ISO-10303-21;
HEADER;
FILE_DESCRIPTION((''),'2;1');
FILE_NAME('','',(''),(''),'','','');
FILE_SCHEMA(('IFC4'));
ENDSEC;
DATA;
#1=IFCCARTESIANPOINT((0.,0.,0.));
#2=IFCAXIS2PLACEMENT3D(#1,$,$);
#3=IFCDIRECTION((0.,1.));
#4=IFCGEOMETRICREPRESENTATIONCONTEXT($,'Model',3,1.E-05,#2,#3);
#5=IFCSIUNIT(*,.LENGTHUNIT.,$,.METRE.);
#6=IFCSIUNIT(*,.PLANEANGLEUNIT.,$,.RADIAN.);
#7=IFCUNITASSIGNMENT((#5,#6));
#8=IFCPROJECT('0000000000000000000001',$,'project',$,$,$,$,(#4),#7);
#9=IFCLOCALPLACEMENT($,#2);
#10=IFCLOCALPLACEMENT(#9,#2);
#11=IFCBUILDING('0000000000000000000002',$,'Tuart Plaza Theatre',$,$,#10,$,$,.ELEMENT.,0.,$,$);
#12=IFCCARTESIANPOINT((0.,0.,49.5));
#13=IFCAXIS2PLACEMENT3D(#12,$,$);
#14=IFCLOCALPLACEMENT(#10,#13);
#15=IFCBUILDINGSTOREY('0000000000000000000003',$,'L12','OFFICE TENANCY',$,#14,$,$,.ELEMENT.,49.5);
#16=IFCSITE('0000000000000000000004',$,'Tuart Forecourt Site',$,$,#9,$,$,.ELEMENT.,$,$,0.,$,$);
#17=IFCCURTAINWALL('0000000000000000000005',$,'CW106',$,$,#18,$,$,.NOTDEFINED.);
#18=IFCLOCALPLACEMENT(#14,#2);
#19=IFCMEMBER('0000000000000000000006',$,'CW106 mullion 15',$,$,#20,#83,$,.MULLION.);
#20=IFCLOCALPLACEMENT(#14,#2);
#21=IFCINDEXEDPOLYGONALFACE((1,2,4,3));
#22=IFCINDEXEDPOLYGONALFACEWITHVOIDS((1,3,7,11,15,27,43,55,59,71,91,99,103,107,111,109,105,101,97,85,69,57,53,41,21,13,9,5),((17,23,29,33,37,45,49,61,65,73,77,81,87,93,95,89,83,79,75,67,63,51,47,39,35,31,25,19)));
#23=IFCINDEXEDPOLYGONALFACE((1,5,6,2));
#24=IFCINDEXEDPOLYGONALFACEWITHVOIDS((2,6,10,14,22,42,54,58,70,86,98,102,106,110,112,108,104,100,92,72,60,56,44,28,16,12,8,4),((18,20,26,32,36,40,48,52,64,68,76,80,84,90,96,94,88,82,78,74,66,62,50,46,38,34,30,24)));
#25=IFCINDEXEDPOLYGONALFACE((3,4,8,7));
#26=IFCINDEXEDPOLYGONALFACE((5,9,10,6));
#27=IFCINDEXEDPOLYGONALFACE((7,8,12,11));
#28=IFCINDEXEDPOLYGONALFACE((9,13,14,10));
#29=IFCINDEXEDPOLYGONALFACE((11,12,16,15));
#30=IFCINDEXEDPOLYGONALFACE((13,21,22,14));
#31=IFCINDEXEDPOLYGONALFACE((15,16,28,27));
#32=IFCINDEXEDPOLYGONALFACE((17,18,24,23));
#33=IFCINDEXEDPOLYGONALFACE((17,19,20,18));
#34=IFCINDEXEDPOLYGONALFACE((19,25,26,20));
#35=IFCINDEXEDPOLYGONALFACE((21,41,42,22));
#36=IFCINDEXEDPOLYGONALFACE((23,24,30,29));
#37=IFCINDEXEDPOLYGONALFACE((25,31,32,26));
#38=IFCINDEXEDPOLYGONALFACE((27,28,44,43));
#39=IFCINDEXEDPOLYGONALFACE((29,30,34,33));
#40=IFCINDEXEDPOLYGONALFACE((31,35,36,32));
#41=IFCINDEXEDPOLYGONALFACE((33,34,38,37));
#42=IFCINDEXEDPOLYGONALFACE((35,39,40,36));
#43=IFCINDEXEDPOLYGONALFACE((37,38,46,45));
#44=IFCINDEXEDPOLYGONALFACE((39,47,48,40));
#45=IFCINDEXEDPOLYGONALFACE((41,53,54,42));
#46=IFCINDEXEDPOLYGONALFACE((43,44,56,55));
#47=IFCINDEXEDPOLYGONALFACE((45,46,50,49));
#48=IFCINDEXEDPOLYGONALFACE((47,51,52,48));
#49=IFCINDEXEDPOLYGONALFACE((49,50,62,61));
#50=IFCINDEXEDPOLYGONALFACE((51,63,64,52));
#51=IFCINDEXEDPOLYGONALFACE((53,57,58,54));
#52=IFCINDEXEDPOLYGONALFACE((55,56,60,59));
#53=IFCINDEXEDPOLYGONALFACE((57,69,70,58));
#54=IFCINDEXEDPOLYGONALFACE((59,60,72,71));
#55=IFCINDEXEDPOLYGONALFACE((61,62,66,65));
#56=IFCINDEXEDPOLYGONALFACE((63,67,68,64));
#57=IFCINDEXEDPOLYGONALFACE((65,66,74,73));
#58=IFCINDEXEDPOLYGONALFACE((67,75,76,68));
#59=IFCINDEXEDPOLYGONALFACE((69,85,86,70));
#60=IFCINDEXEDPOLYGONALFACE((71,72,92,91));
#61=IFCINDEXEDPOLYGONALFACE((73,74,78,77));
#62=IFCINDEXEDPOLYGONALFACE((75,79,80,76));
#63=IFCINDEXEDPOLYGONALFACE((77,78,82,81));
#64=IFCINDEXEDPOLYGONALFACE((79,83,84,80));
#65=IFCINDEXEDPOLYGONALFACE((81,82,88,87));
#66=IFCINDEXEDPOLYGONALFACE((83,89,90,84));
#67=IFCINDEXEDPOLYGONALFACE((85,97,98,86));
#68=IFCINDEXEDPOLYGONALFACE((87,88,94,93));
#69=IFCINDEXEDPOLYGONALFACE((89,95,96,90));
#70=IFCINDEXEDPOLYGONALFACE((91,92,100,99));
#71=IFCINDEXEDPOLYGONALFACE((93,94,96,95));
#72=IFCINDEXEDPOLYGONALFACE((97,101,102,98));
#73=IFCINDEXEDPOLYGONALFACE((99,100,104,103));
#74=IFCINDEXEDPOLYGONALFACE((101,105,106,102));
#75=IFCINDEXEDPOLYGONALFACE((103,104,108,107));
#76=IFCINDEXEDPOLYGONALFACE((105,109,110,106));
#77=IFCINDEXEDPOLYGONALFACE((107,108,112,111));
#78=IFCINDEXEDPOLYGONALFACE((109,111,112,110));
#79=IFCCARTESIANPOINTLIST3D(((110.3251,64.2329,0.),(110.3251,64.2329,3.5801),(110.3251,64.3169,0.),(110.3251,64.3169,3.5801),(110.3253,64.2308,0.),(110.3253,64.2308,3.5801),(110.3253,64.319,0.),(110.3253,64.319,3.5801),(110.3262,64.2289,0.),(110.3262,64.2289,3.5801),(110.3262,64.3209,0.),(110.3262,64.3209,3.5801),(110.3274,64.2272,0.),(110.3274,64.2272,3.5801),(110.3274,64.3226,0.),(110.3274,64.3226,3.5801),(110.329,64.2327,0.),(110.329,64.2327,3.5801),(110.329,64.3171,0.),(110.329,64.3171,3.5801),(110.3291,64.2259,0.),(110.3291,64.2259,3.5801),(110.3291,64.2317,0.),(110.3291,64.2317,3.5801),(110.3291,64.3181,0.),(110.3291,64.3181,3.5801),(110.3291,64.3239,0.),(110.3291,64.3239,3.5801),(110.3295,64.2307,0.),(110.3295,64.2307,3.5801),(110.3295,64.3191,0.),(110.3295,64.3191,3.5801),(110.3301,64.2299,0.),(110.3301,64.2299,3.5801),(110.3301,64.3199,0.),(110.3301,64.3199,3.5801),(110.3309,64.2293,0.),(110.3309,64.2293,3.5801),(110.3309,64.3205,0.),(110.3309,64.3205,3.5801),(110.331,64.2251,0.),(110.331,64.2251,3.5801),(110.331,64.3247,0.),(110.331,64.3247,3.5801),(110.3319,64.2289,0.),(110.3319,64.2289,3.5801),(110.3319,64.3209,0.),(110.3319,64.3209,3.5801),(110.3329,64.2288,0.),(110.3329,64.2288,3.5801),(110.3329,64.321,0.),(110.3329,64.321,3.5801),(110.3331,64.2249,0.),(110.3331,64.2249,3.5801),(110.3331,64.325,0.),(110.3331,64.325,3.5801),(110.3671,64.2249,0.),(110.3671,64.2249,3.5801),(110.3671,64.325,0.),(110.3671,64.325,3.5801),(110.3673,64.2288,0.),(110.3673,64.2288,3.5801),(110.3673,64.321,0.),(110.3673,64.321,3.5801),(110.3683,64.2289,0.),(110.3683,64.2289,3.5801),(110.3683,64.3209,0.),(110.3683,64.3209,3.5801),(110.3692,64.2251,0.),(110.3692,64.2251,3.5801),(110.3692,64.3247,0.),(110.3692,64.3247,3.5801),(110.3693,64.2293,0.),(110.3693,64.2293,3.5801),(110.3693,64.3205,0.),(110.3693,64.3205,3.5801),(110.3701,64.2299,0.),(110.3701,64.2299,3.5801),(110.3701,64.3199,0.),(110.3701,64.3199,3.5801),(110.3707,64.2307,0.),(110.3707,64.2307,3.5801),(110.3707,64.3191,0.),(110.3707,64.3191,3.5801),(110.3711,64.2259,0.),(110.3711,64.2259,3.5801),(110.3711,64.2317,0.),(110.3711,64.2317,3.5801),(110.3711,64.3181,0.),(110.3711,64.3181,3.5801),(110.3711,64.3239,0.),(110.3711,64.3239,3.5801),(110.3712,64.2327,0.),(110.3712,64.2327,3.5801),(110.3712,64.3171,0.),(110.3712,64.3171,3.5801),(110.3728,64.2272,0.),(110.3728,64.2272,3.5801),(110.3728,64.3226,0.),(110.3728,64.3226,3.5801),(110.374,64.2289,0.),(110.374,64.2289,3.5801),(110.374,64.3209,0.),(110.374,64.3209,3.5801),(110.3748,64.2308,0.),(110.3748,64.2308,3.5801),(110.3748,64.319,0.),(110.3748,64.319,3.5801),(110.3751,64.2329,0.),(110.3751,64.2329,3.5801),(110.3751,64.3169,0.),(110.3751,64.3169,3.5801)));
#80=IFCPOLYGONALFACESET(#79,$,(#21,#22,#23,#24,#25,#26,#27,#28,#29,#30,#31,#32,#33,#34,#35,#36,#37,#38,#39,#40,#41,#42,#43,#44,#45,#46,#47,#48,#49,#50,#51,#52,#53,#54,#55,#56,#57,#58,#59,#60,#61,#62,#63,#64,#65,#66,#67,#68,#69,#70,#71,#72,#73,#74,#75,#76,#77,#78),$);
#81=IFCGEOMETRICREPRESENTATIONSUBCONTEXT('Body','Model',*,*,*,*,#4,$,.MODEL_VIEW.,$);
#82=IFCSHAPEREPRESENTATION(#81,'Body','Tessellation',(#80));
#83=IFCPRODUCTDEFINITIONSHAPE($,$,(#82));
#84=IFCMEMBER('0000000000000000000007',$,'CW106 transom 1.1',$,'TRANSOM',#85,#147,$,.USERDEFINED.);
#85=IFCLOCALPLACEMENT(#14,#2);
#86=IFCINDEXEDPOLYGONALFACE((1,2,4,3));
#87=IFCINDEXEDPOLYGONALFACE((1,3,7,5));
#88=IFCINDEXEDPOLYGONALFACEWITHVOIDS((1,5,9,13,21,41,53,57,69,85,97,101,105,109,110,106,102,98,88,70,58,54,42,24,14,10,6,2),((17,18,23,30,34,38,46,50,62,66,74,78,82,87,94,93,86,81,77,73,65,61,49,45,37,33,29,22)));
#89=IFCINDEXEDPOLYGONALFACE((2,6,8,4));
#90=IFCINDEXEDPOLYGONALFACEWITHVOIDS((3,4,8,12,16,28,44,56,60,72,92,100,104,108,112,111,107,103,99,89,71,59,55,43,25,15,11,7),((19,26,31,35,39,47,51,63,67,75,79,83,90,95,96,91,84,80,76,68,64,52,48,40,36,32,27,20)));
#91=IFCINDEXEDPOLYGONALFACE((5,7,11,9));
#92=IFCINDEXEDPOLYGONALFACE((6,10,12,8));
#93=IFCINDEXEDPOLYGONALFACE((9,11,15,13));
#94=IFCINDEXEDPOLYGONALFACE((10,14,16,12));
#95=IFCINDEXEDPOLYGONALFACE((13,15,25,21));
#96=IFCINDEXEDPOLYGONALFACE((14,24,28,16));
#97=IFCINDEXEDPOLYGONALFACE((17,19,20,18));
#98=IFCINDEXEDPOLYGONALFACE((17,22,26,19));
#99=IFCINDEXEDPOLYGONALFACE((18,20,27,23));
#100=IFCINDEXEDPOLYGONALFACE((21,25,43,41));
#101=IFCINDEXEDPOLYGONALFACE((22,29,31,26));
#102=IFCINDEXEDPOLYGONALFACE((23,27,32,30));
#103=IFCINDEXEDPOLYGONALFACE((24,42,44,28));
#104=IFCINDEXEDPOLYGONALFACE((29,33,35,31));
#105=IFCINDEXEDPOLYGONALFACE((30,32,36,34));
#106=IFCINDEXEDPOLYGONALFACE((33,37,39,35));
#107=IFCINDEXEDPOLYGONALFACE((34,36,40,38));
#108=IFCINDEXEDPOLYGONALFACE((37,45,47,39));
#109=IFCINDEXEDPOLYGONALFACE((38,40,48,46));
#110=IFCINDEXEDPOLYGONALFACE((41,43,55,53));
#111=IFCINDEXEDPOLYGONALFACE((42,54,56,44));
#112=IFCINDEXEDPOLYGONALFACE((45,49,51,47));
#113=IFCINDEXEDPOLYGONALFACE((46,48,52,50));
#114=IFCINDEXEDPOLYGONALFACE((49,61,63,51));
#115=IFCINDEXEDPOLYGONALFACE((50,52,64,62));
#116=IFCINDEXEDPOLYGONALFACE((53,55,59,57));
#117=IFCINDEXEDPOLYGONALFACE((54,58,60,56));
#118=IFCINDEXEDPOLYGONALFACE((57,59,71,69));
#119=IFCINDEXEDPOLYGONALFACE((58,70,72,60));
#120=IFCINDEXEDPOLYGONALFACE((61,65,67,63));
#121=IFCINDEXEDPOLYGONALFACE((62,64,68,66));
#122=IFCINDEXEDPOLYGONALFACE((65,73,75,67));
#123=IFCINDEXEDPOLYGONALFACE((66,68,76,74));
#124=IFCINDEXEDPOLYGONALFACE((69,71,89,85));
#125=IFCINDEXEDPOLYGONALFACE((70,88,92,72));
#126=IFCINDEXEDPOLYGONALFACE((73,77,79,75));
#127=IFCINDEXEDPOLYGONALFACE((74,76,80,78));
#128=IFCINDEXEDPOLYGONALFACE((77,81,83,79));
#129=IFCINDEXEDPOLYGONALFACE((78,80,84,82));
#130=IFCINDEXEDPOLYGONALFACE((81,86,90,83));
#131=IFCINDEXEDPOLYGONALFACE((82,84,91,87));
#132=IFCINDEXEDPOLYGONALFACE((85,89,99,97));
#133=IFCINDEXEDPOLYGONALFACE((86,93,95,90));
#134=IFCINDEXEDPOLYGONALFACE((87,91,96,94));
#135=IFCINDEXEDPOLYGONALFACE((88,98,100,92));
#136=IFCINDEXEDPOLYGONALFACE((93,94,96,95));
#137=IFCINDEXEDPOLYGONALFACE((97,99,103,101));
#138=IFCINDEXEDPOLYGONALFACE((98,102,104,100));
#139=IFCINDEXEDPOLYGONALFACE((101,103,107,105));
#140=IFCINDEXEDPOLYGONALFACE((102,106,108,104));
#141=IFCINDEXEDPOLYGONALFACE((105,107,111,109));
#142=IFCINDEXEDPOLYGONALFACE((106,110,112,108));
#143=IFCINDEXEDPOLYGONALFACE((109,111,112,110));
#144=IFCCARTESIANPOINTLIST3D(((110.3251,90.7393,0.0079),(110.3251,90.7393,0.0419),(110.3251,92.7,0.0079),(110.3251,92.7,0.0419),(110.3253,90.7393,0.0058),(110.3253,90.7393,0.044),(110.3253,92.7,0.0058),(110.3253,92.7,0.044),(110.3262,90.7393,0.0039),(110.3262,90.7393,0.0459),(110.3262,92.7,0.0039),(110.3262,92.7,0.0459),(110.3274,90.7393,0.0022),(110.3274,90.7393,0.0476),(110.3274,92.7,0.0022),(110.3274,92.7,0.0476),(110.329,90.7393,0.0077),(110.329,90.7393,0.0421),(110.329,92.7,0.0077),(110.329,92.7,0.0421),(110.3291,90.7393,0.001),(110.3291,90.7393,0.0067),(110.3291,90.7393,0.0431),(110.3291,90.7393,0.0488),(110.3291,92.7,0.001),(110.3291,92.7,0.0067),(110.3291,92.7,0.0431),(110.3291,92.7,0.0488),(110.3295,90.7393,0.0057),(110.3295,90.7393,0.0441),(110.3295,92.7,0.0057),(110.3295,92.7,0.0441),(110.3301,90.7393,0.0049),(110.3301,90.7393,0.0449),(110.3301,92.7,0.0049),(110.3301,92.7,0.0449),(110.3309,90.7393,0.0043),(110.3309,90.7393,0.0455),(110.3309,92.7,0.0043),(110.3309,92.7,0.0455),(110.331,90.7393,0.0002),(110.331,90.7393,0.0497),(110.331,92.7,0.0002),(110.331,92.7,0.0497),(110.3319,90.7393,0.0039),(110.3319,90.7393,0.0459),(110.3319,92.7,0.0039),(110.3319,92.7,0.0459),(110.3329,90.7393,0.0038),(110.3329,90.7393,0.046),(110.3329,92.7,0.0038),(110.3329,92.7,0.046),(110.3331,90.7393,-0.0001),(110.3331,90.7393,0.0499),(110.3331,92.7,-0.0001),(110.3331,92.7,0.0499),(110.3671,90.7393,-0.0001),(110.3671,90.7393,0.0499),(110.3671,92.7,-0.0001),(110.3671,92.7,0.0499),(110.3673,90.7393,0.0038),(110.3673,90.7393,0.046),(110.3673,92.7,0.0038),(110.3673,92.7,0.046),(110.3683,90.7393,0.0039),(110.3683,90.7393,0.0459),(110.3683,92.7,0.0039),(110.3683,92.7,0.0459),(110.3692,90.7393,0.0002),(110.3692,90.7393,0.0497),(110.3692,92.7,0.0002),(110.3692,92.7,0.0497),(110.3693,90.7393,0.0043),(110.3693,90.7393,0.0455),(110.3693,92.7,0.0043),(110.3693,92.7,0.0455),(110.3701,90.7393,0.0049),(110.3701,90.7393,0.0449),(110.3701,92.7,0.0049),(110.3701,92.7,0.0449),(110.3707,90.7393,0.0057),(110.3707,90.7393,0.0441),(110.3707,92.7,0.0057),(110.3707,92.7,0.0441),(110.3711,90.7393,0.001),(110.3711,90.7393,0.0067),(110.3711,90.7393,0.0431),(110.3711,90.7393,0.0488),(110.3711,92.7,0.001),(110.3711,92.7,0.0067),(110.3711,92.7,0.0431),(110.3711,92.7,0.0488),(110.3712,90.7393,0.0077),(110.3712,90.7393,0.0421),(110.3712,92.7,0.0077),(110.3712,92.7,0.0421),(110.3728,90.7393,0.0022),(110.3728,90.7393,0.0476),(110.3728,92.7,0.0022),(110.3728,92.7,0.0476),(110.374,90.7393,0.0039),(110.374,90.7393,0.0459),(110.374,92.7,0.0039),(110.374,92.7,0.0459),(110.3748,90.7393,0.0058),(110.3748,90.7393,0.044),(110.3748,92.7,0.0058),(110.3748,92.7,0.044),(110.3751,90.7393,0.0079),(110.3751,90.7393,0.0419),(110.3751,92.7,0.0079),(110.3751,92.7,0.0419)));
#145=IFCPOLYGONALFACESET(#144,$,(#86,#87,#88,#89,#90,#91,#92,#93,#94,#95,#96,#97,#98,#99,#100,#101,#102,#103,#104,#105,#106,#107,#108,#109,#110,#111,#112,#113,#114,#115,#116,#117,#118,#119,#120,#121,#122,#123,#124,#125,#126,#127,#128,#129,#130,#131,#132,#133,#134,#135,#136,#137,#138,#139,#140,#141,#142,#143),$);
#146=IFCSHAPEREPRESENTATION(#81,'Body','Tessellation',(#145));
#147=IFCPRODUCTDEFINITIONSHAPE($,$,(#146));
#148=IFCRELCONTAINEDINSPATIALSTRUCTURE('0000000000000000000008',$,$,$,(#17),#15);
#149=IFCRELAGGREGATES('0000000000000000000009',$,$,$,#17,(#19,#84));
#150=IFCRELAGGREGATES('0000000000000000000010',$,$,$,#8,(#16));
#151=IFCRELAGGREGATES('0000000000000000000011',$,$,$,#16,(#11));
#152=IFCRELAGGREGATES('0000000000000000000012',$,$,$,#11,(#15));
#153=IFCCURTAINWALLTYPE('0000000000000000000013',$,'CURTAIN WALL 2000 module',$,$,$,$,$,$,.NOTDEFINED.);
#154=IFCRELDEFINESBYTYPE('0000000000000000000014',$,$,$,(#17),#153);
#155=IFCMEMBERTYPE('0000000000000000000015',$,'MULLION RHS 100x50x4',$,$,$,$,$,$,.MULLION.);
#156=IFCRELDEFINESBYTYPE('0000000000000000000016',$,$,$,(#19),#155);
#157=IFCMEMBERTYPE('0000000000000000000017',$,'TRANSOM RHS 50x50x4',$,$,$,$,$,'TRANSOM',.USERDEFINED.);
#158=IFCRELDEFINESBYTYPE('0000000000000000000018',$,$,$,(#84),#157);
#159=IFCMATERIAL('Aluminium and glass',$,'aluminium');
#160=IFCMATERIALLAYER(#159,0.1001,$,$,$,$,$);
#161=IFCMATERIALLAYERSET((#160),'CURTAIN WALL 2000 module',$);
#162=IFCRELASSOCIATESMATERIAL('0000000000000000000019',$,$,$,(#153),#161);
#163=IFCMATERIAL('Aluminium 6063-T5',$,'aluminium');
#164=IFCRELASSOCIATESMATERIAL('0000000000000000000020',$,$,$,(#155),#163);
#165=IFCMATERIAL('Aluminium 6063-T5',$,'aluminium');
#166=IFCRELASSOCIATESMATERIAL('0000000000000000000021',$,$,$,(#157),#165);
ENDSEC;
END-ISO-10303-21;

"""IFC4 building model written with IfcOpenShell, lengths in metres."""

from ifc_helpers import new_model, si_unit, direction, frame, origin, origin_2d, place, context, subcontext, project, spatial, hollow_rectangle, extrude, material, layer, layer_set, material_profile, profile_set, type_object, element, aggregate, save


model = new_model("IFC4")

# Units and contexts
model_context = context("Model", 3, precision=1e-05, world=origin(), true_north=direction((0.0, 1.0)))
body_context = subcontext(model_context, "Body", "Model", "MODEL_VIEW")
ifc_project = project(units=[si_unit("LENGTHUNIT", "METRE"), si_unit("PLANEANGLEUNIT", "RADIAN")], contexts=[model_context])

# Site, building, storey
site_placement = place(None, origin())
site = spatial("IfcSite", under=ifc_project, at=site_placement, Name="Tuart Forecourt Site", CompositionType="ELEMENT", RefElevation=0.0)
building_placement = place(site_placement, origin())
building = spatial("IfcBuilding", under=site, at=building_placement, Name="Tuart Plaza Theatre", CompositionType="ELEMENT", ElevationOfRefHeight=0.0)
storey_placement = place(building_placement, frame((0.0, 0.0, 49.5)))
storey = spatial("IfcBuildingStorey", under=building, at=storey_placement, Name="L12", Description="OFFICE TENANCY", CompositionType="ELEMENT", Elevation=49.5)

# Curtain wall, members
ifc_material_1 = material(Name="Aluminium and glass", Category="aluminium")
ifc_layer_1 = layer(ifc_material_1, 0.1001)
ifc_layer_set_1 = layer_set([ifc_layer_1], Name="CURTAIN WALL 2000 module")
curtain_wall_type = type_object("IfcCurtainWallType", Name="CURTAIN WALL 2000 module", PredefinedType="NOTDEFINED", material=ifc_layer_set_1)
curtain_wall_placement = place(storey_placement, origin())
curtain_wall = element("IfcCurtainWall", 1, at=curtain_wall_placement, inside=storey, type_object=curtain_wall_type, Name="CW106", PredefinedType="NOTDEFINED")
ifc_material_2 = material(Name="Aluminium 6063-T5", Category="aluminium")
ifc_material_profile_1 = material_profile(ifc_material_2, hollow_rectangle(XDim=0.05, YDim=0.1001, WallThickness=0.0039, InnerFilletRadius=0.0039, OuterFilletRadius=0.0081, at=origin_2d()), Name="RHS 100x50x4")
ifc_profile_set_1 = profile_set([ifc_material_profile_1], Name="Aluminium 6063-T5")
member_type_1 = type_object("IfcMemberType", Name="MULLION RHS 100x50x4", PredefinedType="MULLION", material=ifc_profile_set_1)
member_1_placement = place(storey_placement, frame((110.3501, 64.2749, 0.0), z_axis=(0.0, 0.0, 1.0), x_axis=(1.0, 0.0, 0.0)))
member_1 = element("IfcMember", 2, at=member_1_placement, type_object=member_type_1, Name="CW106 mullion 15", PredefinedType="MULLION", context=body_context, shape_type="SweptSolid", body=[
    extrude(hollow_rectangle(XDim=0.05, YDim=0.1001, WallThickness=0.0039, InnerFilletRadius=0.0039, OuterFilletRadius=0.0081, at=origin_2d()), origin(), (0.0, 0.0, 1.0), 3.5801),
])
ifc_material_3 = material(Name="Aluminium 6063-T5", Category="aluminium")
ifc_material_profile_2 = material_profile(ifc_material_3, hollow_rectangle(XDim=0.05, YDim=0.05, WallThickness=0.0039, InnerFilletRadius=0.0039, OuterFilletRadius=0.0081, at=origin_2d()), Name="RHS 50x50x4")
ifc_profile_set_2 = profile_set([ifc_material_profile_2], Name="Aluminium 6063-T5")
member_type_2 = type_object("IfcMemberType", Name="TRANSOM RHS 50x50x4", ElementType="TRANSOM", PredefinedType="USERDEFINED", material=ifc_profile_set_2)
member_2_placement = place(storey_placement, frame((110.3501, 92.7, 0.0249), z_axis=(0.0, -1.0, 0.0), x_axis=(1.0, 0.0, 0.0)))
member_2 = element("IfcMember", 3, at=member_2_placement, type_object=member_type_2, Name="CW106 transom 1.1", ObjectType="TRANSOM", PredefinedType="USERDEFINED", context=body_context, shape_type="SweptSolid", body=[
    extrude(hollow_rectangle(XDim=0.05, YDim=0.05, WallThickness=0.0039, InnerFilletRadius=0.0039, OuterFilletRadius=0.0081, at=origin_2d()), origin(), (0.0, 0.0, 1.0), 1.9607),
])
aggregate(curtain_wall, [member_1, member_2])

save(model, "model.ifc")
